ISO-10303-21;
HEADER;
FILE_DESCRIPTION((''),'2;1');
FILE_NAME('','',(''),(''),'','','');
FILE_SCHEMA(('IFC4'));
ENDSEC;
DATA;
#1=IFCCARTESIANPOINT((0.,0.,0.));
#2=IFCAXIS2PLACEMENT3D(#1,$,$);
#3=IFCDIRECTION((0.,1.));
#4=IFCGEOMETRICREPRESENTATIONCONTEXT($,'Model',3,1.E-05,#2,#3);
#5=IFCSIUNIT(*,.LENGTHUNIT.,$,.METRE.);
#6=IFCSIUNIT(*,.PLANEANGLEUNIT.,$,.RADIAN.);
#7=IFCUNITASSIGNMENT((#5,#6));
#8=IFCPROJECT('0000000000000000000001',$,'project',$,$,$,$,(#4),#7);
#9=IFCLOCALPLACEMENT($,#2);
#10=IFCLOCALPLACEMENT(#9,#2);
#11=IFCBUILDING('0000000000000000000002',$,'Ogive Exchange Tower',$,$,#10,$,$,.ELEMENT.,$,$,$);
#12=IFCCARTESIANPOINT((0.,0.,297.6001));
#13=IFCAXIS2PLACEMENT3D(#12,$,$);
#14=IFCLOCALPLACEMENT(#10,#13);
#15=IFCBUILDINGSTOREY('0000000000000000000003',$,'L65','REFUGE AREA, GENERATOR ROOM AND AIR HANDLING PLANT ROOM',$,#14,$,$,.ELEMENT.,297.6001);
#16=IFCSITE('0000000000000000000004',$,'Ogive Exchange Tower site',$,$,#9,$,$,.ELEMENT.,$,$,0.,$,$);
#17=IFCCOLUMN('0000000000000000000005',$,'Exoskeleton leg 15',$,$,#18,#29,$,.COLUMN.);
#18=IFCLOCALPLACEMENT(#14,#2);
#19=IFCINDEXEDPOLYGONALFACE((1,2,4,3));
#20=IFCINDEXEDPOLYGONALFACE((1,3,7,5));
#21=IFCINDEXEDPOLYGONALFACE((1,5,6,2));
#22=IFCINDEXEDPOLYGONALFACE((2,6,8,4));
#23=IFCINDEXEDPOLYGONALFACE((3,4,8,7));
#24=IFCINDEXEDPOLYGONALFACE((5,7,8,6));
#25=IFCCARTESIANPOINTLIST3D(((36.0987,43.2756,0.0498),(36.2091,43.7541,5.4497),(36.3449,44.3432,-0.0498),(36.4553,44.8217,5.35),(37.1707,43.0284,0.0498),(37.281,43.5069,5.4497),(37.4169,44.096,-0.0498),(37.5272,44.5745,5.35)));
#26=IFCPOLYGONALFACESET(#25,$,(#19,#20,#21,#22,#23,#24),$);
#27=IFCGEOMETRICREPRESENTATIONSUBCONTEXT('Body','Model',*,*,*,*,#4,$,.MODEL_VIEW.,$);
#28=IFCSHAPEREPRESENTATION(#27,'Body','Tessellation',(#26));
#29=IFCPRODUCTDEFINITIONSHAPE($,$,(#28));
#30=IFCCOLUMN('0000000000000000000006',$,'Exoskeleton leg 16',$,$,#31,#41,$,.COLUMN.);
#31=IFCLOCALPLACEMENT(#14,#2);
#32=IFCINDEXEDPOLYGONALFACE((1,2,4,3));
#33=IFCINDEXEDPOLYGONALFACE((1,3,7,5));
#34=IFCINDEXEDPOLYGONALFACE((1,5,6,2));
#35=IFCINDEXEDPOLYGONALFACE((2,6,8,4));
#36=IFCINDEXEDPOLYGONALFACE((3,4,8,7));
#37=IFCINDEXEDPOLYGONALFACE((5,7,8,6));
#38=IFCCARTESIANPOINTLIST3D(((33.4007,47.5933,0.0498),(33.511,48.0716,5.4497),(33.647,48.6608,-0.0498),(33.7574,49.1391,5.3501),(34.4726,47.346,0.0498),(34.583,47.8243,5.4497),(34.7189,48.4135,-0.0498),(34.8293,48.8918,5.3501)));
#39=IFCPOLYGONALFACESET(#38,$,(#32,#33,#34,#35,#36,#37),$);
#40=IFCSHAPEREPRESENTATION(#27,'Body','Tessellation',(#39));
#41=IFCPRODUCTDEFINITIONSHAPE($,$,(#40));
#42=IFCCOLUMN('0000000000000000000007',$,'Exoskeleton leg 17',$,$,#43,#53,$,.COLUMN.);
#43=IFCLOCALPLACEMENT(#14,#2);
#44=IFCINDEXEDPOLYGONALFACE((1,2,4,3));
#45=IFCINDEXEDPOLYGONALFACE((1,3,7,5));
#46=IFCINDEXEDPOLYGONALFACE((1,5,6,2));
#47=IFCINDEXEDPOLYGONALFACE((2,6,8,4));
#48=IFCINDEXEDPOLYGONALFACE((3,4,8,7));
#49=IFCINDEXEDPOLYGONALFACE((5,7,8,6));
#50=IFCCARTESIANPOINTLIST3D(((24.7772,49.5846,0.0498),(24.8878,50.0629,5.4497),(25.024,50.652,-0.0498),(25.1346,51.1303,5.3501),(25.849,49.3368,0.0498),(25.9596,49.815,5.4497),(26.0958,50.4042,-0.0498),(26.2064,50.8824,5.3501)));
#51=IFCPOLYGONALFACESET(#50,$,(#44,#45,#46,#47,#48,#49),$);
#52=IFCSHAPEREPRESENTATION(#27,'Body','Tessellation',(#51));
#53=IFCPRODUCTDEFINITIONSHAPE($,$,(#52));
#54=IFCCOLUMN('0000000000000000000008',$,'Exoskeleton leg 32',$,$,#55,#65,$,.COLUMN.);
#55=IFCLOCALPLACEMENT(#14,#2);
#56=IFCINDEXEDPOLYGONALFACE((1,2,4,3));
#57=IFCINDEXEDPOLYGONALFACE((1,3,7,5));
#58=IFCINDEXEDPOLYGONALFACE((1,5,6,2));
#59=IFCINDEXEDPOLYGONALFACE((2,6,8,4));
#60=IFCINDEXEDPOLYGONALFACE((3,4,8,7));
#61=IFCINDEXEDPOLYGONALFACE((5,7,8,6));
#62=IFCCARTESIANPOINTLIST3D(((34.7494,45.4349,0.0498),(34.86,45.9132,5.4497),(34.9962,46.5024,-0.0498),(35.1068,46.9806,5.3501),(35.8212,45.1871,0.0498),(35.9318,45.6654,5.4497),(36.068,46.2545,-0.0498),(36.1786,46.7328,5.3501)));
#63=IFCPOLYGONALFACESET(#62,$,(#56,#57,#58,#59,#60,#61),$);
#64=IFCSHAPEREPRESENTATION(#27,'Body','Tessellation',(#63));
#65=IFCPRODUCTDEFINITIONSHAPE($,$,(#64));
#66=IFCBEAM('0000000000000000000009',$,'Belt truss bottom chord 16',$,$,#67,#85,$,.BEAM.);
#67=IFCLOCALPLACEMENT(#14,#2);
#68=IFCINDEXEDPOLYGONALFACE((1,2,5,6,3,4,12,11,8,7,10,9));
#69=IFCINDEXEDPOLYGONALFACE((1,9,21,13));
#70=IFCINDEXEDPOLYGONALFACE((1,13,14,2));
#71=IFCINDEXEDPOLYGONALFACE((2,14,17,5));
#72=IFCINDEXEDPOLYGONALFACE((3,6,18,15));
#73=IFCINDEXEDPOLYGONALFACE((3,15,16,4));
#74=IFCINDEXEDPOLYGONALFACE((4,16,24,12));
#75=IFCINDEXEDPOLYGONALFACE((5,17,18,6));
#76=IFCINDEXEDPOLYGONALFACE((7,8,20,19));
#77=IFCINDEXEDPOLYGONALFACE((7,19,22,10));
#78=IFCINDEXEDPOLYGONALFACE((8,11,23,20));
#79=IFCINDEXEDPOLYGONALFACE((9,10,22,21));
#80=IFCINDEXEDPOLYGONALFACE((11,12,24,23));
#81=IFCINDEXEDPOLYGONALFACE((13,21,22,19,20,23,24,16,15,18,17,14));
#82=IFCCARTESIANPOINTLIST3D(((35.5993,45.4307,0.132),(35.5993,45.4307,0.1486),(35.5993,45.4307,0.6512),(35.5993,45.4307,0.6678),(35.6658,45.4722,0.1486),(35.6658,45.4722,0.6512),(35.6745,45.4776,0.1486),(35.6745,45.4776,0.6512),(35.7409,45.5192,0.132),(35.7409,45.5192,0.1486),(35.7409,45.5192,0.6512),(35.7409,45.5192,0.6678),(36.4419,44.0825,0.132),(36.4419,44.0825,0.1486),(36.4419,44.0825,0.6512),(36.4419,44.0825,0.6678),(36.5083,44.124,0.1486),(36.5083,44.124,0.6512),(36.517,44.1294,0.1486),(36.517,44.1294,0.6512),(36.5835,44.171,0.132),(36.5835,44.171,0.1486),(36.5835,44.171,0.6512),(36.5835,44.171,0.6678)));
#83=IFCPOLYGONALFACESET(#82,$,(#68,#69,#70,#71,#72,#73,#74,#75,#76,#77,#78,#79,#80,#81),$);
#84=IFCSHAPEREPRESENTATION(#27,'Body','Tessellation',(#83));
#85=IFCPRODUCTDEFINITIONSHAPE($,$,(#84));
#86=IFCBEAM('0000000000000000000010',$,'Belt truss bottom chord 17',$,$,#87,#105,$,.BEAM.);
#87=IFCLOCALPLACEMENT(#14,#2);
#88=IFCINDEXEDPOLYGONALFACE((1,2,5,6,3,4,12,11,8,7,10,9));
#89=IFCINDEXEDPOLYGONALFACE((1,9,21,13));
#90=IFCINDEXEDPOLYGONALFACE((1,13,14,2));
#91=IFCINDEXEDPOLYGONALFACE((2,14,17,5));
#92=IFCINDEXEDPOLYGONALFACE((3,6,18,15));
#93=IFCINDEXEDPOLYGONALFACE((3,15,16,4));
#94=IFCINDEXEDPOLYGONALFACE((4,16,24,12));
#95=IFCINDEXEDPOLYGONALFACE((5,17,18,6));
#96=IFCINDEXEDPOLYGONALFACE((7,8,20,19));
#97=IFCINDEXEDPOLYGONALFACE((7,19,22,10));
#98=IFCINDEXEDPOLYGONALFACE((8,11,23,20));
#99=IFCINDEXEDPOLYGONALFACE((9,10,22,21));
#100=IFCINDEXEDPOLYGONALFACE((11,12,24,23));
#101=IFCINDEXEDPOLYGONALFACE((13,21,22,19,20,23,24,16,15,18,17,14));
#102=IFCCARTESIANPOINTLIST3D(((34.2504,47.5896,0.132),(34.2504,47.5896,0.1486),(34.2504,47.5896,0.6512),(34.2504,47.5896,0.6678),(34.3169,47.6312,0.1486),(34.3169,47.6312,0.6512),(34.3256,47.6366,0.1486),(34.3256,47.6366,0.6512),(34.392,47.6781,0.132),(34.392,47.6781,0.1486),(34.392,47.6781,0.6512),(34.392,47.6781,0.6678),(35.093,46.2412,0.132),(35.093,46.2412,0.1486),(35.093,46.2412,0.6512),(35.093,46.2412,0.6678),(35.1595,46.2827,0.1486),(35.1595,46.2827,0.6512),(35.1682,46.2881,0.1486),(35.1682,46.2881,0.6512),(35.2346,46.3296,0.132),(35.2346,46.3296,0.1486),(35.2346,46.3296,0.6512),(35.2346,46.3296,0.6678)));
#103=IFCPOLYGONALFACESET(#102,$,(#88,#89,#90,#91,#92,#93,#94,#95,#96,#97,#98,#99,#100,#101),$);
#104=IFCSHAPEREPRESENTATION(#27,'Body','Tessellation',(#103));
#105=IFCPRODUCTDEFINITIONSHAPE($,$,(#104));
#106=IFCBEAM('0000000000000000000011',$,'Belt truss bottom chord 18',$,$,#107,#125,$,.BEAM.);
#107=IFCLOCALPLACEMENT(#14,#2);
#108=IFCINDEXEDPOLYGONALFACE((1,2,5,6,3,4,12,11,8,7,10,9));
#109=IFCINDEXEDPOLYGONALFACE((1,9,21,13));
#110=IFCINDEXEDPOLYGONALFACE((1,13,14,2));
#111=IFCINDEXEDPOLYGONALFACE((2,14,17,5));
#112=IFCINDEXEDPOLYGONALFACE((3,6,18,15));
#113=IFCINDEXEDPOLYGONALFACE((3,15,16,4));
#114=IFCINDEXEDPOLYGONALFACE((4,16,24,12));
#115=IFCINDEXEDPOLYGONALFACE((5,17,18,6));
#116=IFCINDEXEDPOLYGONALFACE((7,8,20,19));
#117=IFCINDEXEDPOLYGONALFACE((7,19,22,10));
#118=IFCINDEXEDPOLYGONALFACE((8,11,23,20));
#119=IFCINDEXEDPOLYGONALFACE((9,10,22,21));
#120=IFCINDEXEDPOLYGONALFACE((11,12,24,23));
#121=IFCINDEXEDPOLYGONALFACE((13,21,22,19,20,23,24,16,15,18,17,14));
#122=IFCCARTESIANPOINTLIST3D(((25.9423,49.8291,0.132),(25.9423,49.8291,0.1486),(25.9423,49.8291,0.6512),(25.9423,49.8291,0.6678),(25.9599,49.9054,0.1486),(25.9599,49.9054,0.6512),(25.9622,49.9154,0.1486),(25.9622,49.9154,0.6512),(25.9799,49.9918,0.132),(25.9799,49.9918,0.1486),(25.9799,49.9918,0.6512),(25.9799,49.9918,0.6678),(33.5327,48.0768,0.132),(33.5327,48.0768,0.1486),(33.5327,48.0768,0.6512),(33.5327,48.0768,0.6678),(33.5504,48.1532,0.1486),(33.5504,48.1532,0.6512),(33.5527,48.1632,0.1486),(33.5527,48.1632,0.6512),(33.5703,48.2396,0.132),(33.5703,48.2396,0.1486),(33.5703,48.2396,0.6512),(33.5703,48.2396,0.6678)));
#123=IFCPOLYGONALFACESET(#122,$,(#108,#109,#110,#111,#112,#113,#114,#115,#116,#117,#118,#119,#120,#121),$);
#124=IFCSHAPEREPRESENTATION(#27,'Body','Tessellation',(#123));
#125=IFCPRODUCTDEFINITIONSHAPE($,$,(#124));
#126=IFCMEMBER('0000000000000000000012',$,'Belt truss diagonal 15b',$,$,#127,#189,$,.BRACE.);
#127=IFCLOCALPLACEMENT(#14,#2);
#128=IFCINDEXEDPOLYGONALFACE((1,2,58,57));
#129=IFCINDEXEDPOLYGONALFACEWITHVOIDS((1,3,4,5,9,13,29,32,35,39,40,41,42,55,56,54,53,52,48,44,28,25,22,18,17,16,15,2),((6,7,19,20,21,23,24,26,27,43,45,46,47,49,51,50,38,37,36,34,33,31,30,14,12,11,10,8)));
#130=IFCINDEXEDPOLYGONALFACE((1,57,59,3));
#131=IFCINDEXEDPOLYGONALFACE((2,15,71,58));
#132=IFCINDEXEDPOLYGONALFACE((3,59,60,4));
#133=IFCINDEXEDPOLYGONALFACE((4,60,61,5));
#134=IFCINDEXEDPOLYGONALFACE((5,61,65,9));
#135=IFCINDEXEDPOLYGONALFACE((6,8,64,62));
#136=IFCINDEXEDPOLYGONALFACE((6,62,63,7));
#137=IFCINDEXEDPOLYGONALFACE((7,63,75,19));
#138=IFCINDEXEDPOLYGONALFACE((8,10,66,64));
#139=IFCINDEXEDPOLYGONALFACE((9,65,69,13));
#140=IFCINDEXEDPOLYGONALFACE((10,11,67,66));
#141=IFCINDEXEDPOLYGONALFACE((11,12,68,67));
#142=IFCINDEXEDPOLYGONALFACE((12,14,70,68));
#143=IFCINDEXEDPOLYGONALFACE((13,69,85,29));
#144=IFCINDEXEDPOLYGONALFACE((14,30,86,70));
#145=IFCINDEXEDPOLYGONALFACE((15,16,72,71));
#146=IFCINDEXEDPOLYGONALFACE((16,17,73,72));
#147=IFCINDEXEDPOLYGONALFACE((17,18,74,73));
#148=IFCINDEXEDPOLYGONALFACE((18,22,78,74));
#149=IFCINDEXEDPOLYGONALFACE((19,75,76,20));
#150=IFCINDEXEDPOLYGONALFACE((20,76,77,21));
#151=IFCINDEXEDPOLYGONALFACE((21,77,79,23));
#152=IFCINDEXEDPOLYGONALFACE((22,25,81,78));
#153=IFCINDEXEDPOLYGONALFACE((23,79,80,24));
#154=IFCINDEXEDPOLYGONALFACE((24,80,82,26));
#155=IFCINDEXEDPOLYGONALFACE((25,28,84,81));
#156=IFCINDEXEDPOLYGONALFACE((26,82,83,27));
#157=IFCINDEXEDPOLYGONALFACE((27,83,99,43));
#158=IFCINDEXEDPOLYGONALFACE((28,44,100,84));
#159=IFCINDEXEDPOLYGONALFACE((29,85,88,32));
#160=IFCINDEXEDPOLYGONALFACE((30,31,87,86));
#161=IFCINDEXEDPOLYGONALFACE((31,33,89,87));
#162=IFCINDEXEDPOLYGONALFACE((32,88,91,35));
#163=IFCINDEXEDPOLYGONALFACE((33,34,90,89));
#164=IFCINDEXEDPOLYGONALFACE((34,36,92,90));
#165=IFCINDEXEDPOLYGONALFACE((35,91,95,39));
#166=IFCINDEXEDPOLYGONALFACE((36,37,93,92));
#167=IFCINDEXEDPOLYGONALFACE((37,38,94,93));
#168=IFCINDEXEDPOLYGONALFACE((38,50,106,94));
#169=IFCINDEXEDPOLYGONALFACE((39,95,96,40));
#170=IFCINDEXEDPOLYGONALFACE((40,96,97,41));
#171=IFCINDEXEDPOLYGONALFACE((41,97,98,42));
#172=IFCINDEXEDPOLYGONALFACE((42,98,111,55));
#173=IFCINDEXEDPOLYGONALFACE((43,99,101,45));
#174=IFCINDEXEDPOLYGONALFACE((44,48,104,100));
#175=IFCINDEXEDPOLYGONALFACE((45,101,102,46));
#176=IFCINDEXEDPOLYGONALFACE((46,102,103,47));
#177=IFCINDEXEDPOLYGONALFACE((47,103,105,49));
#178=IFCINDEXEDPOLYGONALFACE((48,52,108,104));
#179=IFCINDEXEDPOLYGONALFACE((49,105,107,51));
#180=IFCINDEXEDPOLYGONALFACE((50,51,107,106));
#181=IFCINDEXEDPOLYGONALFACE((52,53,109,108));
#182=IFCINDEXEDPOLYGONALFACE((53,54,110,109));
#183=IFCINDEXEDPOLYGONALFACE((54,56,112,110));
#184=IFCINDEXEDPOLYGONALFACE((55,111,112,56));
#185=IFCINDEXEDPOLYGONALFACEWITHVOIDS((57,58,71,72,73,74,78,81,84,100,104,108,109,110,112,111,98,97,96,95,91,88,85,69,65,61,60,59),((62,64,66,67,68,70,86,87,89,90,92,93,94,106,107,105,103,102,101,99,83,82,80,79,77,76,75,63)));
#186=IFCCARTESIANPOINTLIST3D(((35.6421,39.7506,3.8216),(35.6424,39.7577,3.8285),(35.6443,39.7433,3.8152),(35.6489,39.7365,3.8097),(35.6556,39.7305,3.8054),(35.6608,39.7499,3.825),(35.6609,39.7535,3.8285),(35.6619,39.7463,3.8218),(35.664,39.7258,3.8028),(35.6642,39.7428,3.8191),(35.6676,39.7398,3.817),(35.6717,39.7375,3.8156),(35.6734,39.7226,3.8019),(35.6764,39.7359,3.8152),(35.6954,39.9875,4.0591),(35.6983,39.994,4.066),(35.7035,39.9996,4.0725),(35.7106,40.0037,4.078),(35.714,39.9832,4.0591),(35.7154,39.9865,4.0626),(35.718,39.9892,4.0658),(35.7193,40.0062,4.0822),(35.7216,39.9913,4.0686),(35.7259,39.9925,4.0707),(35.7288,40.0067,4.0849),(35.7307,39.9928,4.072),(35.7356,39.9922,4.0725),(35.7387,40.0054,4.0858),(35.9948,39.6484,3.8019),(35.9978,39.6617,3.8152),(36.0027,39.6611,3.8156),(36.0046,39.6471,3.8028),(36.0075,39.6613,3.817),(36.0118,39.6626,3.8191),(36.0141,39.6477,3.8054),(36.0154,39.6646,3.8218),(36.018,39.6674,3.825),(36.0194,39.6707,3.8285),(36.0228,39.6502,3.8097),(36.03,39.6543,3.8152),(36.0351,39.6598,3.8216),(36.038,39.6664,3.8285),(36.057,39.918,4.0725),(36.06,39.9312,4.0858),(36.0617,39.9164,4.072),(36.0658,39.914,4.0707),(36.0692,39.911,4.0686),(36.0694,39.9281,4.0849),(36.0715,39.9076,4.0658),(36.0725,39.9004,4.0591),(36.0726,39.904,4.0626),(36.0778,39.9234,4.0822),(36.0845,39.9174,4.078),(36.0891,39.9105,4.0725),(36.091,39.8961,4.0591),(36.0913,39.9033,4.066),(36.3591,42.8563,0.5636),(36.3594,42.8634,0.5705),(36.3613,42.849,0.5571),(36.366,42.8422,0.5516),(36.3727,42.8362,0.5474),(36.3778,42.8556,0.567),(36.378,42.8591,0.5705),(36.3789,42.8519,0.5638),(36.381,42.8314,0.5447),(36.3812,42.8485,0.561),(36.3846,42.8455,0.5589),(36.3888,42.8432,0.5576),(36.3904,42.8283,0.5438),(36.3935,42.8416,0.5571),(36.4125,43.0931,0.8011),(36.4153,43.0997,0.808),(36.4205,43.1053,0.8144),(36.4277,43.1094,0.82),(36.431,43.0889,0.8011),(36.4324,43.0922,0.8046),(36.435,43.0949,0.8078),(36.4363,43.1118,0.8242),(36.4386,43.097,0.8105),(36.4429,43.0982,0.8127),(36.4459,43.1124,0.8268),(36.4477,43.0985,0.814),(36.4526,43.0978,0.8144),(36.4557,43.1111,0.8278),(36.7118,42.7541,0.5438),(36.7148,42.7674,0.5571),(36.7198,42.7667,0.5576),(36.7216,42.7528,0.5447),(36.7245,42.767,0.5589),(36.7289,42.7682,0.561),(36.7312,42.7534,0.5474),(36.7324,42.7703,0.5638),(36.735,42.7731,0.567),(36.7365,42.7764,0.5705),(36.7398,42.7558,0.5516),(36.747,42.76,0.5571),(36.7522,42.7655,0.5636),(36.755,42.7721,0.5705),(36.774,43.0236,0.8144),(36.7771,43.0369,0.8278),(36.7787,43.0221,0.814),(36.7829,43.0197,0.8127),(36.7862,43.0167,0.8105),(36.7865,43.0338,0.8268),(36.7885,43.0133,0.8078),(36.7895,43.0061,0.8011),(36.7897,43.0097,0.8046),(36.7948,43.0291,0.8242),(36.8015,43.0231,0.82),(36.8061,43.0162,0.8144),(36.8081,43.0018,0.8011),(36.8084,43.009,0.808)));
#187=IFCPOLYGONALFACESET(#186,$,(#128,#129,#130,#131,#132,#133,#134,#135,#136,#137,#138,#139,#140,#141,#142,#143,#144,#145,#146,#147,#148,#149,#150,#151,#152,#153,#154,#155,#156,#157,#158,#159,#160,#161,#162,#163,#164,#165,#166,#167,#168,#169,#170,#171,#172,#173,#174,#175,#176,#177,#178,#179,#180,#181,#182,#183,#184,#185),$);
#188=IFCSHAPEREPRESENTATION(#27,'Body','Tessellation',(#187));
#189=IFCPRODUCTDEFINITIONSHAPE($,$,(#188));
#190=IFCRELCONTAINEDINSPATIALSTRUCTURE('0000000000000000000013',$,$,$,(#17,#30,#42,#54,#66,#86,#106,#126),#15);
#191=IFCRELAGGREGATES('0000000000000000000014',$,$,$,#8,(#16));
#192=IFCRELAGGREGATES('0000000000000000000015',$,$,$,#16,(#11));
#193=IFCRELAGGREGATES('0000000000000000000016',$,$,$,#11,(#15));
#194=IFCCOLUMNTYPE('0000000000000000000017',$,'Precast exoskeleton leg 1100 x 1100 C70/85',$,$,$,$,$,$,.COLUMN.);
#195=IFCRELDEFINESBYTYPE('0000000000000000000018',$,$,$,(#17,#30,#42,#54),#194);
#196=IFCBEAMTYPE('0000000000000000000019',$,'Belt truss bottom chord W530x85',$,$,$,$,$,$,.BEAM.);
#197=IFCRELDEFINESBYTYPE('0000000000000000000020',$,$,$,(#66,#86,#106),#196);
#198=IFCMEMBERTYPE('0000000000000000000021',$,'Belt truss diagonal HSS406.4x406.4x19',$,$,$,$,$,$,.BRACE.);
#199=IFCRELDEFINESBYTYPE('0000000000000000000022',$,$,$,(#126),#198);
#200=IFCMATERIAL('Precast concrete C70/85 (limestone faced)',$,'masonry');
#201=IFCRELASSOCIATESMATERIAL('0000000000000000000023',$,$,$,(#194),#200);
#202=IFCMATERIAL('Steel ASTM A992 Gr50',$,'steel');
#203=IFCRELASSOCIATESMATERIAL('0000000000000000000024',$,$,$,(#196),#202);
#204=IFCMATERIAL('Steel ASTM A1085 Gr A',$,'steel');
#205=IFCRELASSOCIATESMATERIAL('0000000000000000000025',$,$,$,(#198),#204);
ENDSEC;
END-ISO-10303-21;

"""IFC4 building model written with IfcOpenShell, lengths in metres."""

from ifc_helpers import new_model, si_unit, direction, frame, origin, origin_2d, place, context, subcontext, project, spatial, rectangle, hollow_rectangle, i_section, extrude, material, material_profile, profile_set, type_object, element, save


model = new_model("IFC4")

# Units and contexts
model_context = context("Model", 3, precision=1e-05, world=origin(), true_north=direction((0.0, 1.0)))
body_context = subcontext(model_context, "Body", "Model", "MODEL_VIEW")
ifc_project = project(units=[si_unit("LENGTHUNIT", "METRE"), si_unit("PLANEANGLEUNIT", "RADIAN")], contexts=[model_context])

# Site, building, storey
site_placement = place(None, origin())
site = spatial("IfcSite", under=ifc_project, at=site_placement, Name="Ogive Exchange Tower site", CompositionType="ELEMENT", RefElevation=0.0)
building_placement = place(site_placement, origin())
building = spatial("IfcBuilding", under=site, at=building_placement, Name="Ogive Exchange Tower", CompositionType="ELEMENT")
storey_placement = place(building_placement, frame((0.0, 0.0, 297.6001)))
storey = spatial("IfcBuildingStorey", under=building, at=storey_placement, Name="L65", Description="REFUGE AREA, GENERATOR ROOM AND AIR HANDLING PLANT ROOM", CompositionType="ELEMENT", Elevation=297.6001)

# Columns
ifc_material_1 = material(Name="Precast concrete C70/85 (limestone faced)", Category="masonry")
ifc_material_profile_1 = material_profile(ifc_material_1, rectangle(XDim=1.1001, YDim=1.1001, at=origin_2d()), Name="1100 x 1100")
ifc_profile_set_1 = profile_set([ifc_material_profile_1], Name="Precast concrete C70/85 (limestone faced)")
column_type = type_object("IfcColumnType", Name="Precast exoskeleton leg 1100 x 1100 C70/85", PredefinedType="COLUMN", material=ifc_profile_set_1)
for number, where, z_axis, x_axis, name in (
    (1, (36.7578, 43.6858, 0.0), (0.020352, 0.088251, 0.99589), (-0.974425, 0.224714, 0.0), "Exoskeleton leg 15"),
    (2, (34.0598, 48.0034, 0.0), (0.020352, 0.088207, 0.995894), (-0.9744, 0.224823, 0.0), "Exoskeleton leg 16"),
    (3, (25.4365, 49.9944, 0.0), (0.020397, 0.088207, 0.995893), (-0.974291, 0.225295, 0.0), "Exoskeleton leg 17"),
    (4, (35.4087, 45.8447, 0.0), (0.020397, 0.088207, 0.995893), (-0.974291, 0.225295, 0.0), "Exoskeleton leg 32"),
):
    element("IfcColumn", number, at=place(storey_placement, frame(where, z_axis=z_axis, x_axis=x_axis)), inside=storey, type_object=column_type, Name=name, PredefinedType="COLUMN", context=body_context, shape_type="SweptSolid", body=[
        extrude(rectangle(XDim=1.1001, YDim=1.1001, at=origin_2d()), origin(), (0.0, 0.0, 1.0), 5.4221),
    ])

# Beams
ifc_material_2 = material(Name="Steel ASTM A992 Gr50", Category="steel")
ifc_material_profile_2 = material_profile(ifc_material_2, i_section(OverallWidth=0.167, OverallDepth=0.5359, WebThickness=0.0103, FlangeThickness=0.0166, at=origin_2d()), Name="W530x85")
ifc_profile_set_2 = profile_set([ifc_material_profile_2], Name="Steel ASTM A992 Gr50")
beam_type_1 = type_object("IfcBeamType", Name="Belt truss bottom chord W530x85", PredefinedType="BEAM", material=ifc_profile_set_2)
beam_1_placement = place(storey_placement, frame((36.5127, 44.1267, 0.3999), z_axis=(-0.529971, 0.848016, 0.0), x_axis=(-0.848016, -0.529971, 0.0)))
element("IfcBeam", 5, at=beam_1_placement, inside=storey, type_object=beam_type_1, Name="Belt truss bottom chord 16", PredefinedType="BEAM", context=body_context, shape_type="SweptSolid", body=[
    extrude(i_section(OverallWidth=0.167, OverallDepth=0.5359, WebThickness=0.0103, FlangeThickness=0.0166, at=origin_2d()), origin(), (0.0, 0.0, 1.0), 1.5898),
])
beam_2_placement = place(storey_placement, frame((35.1638, 46.2854, 0.3999), z_axis=(-0.529902, 0.848059, 0.0), x_axis=(-0.848059, -0.529902, 0.0)))
element("IfcBeam", 6, at=beam_2_placement, inside=storey, type_object=beam_type_1, Name="Belt truss bottom chord 17", PredefinedType="BEAM", context=body_context, shape_type="SweptSolid", body=[
    extrude(i_section(OverallWidth=0.167, OverallDepth=0.5359, WebThickness=0.0103, FlangeThickness=0.0166, at=origin_2d()), origin(), (0.0, 0.0, 1.0), 1.5901),
])
beam_3_placement = place(storey_placement, frame((33.5515, 48.1582, 0.3999), z_axis=(-0.974375, 0.22493, 0.0), x_axis=(-0.22493, -0.974375, 0.0)))
element("IfcBeam", 7, at=beam_3_placement, inside=storey, type_object=beam_type_1, Name="Belt truss bottom chord 18", PredefinedType="BEAM", context=body_context, shape_type="SweptSolid", body=[
    extrude(i_section(OverallWidth=0.167, OverallDepth=0.5359, WebThickness=0.0103, FlangeThickness=0.0166, at=origin_2d()), origin(), (0.0, 0.0, 1.0), 7.79),
])

# Member
ifc_material_3 = material(Name="Steel ASTM A1085 Gr A", Category="steel")
ifc_material_profile_3 = material_profile(ifc_material_3, hollow_rectangle(XDim=0.406, YDim=0.406, WallThickness=0.019, InnerFilletRadius=0.019, OuterFilletRadius=0.0381, at=origin_2d()), Name="HSS406.4x406.4x19")
ifc_profile_set_3 = profile_set([ifc_material_profile_3], Name="Steel ASTM A1085 Gr A")
member_type_1 = type_object("IfcMemberType", Name="Belt truss diagonal HSS406.4x406.4x19", PredefinedType="BRACE", material=ifc_profile_set_3)
member_1_placement = place(storey_placement, frame((36.5837, 42.9326, 0.6858), z_axis=(-0.157318, -0.68139, 0.714814), x_axis=(0.974368, -0.22496, 0.0)))
element("IfcMember", 8, at=member_1_placement, inside=storey, type_object=member_type_1, Name="Belt truss diagonal 15b", PredefinedType="BRACE", context=body_context, shape_type="SweptSolid", body=[
    extrude(hollow_rectangle(XDim=0.406, YDim=0.406, WallThickness=0.019, InnerFilletRadius=0.019, OuterFilletRadius=0.0381, at=origin_2d()), origin(), (0.0, 0.0, 1.0), 4.5579),
])

save(model, "model.ifc")
